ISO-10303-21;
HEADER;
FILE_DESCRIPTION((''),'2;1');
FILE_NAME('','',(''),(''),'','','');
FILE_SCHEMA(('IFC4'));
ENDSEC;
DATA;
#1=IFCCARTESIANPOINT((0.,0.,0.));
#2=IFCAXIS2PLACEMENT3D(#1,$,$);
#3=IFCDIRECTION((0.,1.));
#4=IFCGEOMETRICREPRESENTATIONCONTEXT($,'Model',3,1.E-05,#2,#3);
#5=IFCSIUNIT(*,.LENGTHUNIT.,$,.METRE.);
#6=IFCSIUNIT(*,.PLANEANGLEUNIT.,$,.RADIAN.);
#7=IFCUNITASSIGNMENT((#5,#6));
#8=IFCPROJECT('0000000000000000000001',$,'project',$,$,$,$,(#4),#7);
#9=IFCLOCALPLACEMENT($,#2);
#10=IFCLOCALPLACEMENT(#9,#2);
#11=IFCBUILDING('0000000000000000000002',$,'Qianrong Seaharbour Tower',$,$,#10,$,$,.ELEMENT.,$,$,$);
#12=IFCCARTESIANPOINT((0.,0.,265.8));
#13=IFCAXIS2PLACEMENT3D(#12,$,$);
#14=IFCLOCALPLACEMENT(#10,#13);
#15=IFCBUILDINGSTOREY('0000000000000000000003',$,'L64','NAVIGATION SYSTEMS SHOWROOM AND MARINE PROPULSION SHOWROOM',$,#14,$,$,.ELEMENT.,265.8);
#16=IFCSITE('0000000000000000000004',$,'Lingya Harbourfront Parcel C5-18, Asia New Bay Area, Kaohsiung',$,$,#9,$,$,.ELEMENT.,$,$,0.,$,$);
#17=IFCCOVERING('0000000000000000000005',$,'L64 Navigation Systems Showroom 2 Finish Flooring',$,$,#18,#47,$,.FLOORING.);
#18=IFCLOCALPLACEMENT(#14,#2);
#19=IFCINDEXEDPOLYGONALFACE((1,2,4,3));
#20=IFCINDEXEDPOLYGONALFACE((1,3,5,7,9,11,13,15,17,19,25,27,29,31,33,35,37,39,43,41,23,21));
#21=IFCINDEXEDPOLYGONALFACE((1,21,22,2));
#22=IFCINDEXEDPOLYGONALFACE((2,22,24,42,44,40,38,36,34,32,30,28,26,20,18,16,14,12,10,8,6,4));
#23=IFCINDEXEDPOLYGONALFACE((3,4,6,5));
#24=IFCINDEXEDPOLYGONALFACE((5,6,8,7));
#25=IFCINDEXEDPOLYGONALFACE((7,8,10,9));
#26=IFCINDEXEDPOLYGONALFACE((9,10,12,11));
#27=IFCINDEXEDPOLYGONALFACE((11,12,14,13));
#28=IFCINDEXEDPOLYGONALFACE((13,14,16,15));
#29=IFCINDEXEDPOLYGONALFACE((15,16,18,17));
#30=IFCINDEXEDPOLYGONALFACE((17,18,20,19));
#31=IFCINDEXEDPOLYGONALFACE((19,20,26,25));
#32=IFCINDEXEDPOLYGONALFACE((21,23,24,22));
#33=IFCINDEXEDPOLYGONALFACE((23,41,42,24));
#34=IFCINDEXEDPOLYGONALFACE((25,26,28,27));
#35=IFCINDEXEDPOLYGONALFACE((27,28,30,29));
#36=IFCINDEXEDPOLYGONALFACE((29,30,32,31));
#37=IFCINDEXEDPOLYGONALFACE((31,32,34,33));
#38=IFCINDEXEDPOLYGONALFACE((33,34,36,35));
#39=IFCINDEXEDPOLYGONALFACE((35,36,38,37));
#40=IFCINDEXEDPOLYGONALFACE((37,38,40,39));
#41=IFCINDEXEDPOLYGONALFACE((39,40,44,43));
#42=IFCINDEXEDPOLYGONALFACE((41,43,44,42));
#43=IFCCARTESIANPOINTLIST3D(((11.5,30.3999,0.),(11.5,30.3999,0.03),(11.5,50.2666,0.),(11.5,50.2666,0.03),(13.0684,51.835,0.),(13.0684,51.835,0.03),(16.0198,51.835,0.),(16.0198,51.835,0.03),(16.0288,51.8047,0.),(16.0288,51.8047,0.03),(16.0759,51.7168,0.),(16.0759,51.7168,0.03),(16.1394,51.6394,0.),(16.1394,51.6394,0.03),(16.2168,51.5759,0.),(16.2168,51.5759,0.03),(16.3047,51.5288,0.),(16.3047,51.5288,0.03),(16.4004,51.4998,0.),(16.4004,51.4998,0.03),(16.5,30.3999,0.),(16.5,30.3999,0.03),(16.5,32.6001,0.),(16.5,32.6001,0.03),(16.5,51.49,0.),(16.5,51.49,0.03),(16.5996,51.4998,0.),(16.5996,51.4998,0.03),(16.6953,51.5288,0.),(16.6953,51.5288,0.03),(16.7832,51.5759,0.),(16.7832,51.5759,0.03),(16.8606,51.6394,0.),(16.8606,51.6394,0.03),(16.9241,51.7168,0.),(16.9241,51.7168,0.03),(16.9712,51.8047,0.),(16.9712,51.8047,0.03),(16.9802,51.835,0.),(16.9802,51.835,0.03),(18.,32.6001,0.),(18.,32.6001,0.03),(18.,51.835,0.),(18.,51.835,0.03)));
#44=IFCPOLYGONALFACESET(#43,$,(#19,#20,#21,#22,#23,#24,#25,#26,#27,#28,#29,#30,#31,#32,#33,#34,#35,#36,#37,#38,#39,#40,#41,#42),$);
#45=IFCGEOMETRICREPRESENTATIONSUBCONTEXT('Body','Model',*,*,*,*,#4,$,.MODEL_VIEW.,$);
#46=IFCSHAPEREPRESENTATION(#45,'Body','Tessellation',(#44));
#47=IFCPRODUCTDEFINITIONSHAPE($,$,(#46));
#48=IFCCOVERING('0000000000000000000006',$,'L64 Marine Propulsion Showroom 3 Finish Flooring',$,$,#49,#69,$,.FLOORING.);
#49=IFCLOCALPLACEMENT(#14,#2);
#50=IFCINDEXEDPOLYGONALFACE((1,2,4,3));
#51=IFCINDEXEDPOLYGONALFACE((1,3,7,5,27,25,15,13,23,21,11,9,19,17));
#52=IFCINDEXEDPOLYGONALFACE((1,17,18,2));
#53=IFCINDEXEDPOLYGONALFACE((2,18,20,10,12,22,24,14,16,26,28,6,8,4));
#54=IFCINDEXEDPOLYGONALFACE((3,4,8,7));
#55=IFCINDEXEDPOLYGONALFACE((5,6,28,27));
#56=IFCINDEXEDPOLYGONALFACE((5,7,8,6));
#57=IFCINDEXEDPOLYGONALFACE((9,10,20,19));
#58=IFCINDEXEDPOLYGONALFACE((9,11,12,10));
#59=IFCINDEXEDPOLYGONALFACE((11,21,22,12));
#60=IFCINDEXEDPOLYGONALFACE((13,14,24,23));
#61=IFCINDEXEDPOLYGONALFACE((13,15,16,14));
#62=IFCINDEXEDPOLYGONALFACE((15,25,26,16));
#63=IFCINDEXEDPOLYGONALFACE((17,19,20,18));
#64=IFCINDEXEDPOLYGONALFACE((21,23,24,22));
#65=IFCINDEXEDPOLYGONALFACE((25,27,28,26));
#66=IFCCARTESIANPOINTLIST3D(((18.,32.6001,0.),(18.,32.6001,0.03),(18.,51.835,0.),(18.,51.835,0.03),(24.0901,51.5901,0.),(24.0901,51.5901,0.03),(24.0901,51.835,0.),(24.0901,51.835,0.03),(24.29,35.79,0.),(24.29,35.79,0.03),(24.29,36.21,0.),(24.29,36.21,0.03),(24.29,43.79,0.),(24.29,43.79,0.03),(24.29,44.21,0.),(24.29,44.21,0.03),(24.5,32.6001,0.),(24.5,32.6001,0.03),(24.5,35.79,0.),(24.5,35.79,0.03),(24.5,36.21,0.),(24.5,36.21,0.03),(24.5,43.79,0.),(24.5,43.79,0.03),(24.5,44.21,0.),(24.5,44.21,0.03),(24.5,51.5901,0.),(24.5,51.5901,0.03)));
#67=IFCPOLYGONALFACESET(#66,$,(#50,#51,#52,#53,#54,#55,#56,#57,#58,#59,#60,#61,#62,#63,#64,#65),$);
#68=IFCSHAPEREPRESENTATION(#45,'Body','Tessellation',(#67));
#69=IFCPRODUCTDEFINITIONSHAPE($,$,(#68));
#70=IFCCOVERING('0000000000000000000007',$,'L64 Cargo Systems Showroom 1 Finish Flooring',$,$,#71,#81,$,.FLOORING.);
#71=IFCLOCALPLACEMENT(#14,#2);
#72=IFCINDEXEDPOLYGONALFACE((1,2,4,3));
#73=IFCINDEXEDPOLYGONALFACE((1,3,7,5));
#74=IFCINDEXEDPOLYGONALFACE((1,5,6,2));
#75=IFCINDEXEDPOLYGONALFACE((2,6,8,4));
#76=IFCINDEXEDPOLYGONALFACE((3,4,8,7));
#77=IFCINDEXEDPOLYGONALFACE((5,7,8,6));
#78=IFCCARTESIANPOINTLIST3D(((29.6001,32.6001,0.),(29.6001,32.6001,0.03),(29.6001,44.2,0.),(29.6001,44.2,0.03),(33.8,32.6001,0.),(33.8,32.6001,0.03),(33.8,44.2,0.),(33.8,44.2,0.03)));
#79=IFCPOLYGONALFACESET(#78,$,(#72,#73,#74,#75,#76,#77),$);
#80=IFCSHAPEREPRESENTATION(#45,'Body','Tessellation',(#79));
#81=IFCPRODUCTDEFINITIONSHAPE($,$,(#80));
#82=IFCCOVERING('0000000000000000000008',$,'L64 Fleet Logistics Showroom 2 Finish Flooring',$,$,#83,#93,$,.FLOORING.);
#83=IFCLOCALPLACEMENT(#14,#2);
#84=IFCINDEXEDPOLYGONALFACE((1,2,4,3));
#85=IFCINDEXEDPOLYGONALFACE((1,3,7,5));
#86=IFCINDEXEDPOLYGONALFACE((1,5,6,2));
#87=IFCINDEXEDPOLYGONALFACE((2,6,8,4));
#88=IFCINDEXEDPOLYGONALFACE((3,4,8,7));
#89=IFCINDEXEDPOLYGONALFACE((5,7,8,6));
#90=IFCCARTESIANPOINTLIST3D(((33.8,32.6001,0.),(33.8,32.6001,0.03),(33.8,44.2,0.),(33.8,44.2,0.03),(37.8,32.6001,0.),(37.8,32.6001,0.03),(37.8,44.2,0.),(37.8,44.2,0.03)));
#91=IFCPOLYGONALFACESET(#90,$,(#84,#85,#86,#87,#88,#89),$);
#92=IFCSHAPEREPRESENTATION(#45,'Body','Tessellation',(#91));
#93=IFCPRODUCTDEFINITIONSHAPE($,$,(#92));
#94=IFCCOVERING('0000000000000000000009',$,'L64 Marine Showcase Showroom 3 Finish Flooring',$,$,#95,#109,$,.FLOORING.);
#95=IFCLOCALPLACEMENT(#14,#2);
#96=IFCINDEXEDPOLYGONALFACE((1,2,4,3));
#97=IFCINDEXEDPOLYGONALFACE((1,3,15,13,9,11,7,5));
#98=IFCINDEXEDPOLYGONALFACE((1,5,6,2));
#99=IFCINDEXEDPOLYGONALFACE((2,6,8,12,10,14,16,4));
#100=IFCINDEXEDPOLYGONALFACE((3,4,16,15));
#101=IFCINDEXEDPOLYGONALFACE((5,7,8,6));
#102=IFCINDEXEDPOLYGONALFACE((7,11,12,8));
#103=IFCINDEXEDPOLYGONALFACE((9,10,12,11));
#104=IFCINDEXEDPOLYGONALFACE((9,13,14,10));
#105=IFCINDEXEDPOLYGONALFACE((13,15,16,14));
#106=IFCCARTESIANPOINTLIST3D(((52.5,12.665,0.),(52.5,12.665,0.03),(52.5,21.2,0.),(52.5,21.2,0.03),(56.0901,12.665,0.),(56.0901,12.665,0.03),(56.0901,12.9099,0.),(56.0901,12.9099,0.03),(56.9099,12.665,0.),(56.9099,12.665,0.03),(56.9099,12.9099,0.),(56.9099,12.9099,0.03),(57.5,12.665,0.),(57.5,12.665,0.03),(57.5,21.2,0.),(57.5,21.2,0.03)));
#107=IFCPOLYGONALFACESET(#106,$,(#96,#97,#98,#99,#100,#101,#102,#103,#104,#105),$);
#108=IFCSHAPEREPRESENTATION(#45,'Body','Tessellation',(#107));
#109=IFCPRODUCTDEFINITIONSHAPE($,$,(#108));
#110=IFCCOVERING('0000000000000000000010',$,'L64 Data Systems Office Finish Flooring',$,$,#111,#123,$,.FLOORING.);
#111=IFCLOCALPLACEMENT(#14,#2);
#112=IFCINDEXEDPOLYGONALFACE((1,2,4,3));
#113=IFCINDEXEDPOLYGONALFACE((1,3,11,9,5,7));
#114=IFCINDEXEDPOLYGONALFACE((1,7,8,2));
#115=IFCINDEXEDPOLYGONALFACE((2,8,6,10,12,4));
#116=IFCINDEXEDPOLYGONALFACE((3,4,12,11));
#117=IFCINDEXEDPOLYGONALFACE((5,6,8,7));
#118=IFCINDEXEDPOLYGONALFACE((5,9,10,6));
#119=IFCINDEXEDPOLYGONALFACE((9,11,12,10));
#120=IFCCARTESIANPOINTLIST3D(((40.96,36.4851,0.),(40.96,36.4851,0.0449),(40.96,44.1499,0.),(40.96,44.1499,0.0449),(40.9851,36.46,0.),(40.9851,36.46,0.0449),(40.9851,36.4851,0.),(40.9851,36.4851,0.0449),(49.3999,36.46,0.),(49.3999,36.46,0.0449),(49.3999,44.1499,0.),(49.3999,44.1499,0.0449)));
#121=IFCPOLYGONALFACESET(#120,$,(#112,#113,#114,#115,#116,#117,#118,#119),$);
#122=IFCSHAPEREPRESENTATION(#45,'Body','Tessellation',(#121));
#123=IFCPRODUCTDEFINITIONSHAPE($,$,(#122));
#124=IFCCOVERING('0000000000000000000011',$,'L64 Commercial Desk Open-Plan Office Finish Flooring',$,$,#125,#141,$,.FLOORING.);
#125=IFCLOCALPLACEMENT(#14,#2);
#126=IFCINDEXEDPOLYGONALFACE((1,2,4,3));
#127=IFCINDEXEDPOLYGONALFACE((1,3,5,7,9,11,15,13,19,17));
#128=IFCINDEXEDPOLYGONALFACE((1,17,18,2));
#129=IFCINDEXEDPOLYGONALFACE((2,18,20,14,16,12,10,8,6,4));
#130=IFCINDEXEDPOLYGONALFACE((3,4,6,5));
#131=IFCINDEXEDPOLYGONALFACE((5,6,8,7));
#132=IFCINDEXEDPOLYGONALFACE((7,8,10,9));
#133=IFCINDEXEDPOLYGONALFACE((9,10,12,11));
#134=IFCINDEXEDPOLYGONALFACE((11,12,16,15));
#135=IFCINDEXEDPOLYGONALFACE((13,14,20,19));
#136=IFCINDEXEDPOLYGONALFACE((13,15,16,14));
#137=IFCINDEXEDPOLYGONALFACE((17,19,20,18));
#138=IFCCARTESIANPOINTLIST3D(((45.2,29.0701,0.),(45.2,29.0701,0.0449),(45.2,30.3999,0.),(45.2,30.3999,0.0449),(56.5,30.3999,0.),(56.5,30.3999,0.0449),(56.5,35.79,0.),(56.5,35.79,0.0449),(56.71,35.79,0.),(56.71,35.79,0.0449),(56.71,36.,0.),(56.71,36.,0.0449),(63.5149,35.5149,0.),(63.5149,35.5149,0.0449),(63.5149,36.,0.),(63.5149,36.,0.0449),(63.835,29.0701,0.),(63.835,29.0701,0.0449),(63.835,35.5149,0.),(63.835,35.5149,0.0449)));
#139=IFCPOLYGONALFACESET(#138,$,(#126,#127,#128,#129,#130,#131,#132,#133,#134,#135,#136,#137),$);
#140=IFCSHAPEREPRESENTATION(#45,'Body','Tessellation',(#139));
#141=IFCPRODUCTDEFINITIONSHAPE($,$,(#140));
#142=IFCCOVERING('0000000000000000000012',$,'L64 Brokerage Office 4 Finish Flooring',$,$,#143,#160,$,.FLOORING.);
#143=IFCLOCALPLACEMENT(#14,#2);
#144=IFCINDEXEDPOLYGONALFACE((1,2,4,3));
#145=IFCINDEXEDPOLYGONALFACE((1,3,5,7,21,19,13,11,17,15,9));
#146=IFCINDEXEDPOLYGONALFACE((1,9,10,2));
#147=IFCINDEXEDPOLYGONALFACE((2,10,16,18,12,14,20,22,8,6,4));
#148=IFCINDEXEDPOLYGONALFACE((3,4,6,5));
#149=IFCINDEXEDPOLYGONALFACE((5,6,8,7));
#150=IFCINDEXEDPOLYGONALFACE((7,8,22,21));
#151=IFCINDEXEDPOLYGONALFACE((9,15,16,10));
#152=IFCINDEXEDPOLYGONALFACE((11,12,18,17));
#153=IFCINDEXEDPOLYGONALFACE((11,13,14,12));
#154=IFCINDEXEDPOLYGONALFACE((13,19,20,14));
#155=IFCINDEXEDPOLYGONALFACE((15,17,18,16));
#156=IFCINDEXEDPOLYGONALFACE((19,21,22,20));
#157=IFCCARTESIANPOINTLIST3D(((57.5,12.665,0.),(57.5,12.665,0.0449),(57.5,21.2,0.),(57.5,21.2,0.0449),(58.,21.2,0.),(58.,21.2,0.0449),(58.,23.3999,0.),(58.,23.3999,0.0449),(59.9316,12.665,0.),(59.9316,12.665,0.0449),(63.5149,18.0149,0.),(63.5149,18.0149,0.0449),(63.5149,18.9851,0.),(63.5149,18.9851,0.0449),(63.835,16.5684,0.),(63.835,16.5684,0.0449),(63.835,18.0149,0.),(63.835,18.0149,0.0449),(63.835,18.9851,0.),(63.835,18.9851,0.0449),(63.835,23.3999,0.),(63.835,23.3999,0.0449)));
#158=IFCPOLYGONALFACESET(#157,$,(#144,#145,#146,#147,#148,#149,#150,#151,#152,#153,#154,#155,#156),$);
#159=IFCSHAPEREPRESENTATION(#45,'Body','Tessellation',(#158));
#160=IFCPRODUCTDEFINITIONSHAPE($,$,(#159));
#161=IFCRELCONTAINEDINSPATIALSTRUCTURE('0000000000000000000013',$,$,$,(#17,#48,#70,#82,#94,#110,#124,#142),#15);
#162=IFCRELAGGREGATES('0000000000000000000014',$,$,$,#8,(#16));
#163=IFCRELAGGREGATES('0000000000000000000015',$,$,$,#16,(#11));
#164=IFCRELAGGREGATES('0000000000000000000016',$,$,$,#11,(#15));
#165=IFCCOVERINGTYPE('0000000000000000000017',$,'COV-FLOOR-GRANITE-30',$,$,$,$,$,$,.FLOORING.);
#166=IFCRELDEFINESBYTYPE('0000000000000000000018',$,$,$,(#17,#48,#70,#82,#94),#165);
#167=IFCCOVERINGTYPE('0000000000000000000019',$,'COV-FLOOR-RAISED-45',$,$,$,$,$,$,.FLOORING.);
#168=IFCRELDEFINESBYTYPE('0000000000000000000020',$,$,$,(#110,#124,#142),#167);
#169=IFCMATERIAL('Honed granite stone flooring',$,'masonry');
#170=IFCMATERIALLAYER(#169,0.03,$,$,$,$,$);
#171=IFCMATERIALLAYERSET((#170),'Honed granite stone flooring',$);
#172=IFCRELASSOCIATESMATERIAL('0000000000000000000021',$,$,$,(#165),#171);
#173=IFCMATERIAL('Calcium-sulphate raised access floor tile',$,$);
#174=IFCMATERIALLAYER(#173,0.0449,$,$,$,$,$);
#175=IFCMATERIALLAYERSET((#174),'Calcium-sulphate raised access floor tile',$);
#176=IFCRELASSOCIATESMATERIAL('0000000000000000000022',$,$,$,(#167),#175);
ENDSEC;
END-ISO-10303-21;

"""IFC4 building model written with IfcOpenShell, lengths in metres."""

from ifc_helpers import new_model, si_unit, direction, frame, origin, place, context, subcontext, project, spatial, polyline, outline, extrude, material, layer, layer_set, type_object, element, save


model = new_model("IFC4")

# Units and contexts
model_context = context("Model", 3, precision=1e-05, world=origin(), true_north=direction((0.0, 1.0)))
body_context = subcontext(model_context, "Body", "Model", "MODEL_VIEW")
ifc_project = project(units=[si_unit("LENGTHUNIT", "METRE"), si_unit("PLANEANGLEUNIT", "RADIAN")], contexts=[model_context])

# Site, building, storey
site_placement = place(None, origin())
site = spatial("IfcSite", under=ifc_project, at=site_placement, Name="Lingya Harbourfront Parcel C5-18, Asia New Bay Area, Kaohsiung", CompositionType="ELEMENT", RefElevation=0.0)
building_placement = place(site_placement, origin())
building = spatial("IfcBuilding", under=site, at=building_placement, Name="Qianrong Seaharbour Tower", CompositionType="ELEMENT")
storey_placement = place(building_placement, frame((0.0, 0.0, 265.8)))
storey = spatial("IfcBuildingStorey", under=building, at=storey_placement, Name="L64", Description="NAVIGATION SYSTEMS SHOWROOM AND MARINE PROPULSION SHOWROOM", CompositionType="ELEMENT", Elevation=265.8)

# Coverings
ifc_material_1 = material(Name="Honed granite stone flooring", Category="masonry")
ifc_layer_1 = layer(ifc_material_1, 0.03)
ifc_layer_set_1 = layer_set([ifc_layer_1], Name="Honed granite stone flooring")
covering_type_1 = type_object("IfcCoveringType", Name="COV-FLOOR-GRANITE-30", PredefinedType="FLOORING", material=ifc_layer_set_1)
covering_1_placement = place(storey_placement, origin())
element("IfcCovering", 1, at=covering_1_placement, inside=storey, type_object=covering_type_1, Name="L64 Navigation Systems Showroom 2 Finish Flooring", PredefinedType="FLOORING", context=body_context, shape_type="SweptSolid", body=[
    extrude(outline(polyline([(11.5, 50.2666), (13.0684, 51.835), (16.0198, 51.835), (16.0288, 51.8047), (16.0759, 51.7168), (16.1394, 51.6394), (16.2168, 51.5759), (16.3047, 51.5288), (16.4004, 51.4998), (16.5, 51.49), (16.5996, 51.4998), (16.6953, 51.5288), (16.7832, 51.5759), (16.8606, 51.6394), (16.9241, 51.7168), (16.9712, 51.8047), (16.9802, 51.835), (18.0, 51.835), (18.0, 32.6001), (16.5, 32.6001), (16.5, 30.3999), (11.5, 30.3999), (11.5, 50.2666)])), origin(), (0.0, 0.0, 1.0), 0.03),
])
covering_2_placement = place(storey_placement, origin())
element("IfcCovering", 2, at=covering_2_placement, inside=storey, type_object=covering_type_1, Name="L64 Marine Propulsion Showroom 3 Finish Flooring", PredefinedType="FLOORING", context=body_context, shape_type="SweptSolid", body=[
    extrude(outline(polyline([(24.0901, 51.835), (24.0901, 51.5901), (24.5, 51.5901), (24.5, 44.21), (24.29, 44.21), (24.29, 43.79), (24.5, 43.79), (24.5, 36.21), (24.29, 36.21), (24.29, 35.79), (24.5, 35.79), (24.5, 32.6001), (18.0, 32.6001), (18.0, 51.835), (24.0901, 51.835)])), origin(), (0.0, 0.0, 1.0), 0.03),
])
covering_3_placement = place(storey_placement, origin())
element("IfcCovering", 3, at=covering_3_placement, inside=storey, type_object=covering_type_1, Name="L64 Cargo Systems Showroom 1 Finish Flooring", PredefinedType="FLOORING", context=body_context, shape_type="SweptSolid", body=[
    extrude(outline(polyline([(29.6001, 44.2), (33.8, 44.2), (33.8, 32.6001), (29.6001, 32.6001), (29.6001, 44.2)])), origin(), (0.0, 0.0, 1.0), 0.03),
])
covering_4_placement = place(storey_placement, origin())
element("IfcCovering", 4, at=covering_4_placement, inside=storey, type_object=covering_type_1, Name="L64 Fleet Logistics Showroom 2 Finish Flooring", PredefinedType="FLOORING", context=body_context, shape_type="SweptSolid", body=[
    extrude(outline(polyline([(33.8, 44.2), (37.8, 44.2), (37.8, 32.6001), (33.8, 32.6001), (33.8, 44.2)])), origin(), (0.0, 0.0, 1.0), 0.03),
])
covering_5_placement = place(storey_placement, origin())
element("IfcCovering", 5, at=covering_5_placement, inside=storey, type_object=covering_type_1, Name="L64 Marine Showcase Showroom 3 Finish Flooring", PredefinedType="FLOORING", context=body_context, shape_type="SweptSolid", body=[
    extrude(outline(polyline([(56.9099, 12.665), (56.9099, 12.9099), (56.0901, 12.9099), (56.0901, 12.665), (52.5, 12.665), (52.5, 21.2), (57.5, 21.2), (57.5, 12.665), (56.9099, 12.665)])), origin(), (0.0, 0.0, 1.0), 0.03),
])
ifc_material_2 = material(Name="Calcium-sulphate raised access floor tile")
ifc_layer_2 = layer(ifc_material_2, 0.0449)
ifc_layer_set_2 = layer_set([ifc_layer_2], Name="Calcium-sulphate raised access floor tile")
covering_type_2 = type_object("IfcCoveringType", Name="COV-FLOOR-RAISED-45", PredefinedType="FLOORING", material=ifc_layer_set_2)
covering_6_placement = place(storey_placement, origin())
element("IfcCovering", 6, at=covering_6_placement, inside=storey, type_object=covering_type_2, Name="L64 Data Systems Office Finish Flooring", PredefinedType="FLOORING", context=body_context, shape_type="SweptSolid", body=[
    extrude(outline(polyline([(49.3999, 44.1499), (49.3999, 36.46), (40.9851, 36.46), (40.9851, 36.4851), (40.96, 36.4851), (40.96, 44.1499), (49.3999, 44.1499)])), origin(), (0.0, 0.0, 1.0), 0.0449),
])
covering_7_placement = place(storey_placement, origin())
element("IfcCovering", 7, at=covering_7_placement, inside=storey, type_object=covering_type_2, Name="L64 Commercial Desk Open-Plan Office Finish Flooring", PredefinedType="FLOORING", context=body_context, shape_type="SweptSolid", body=[
    extrude(outline(polyline([(56.5, 30.3999), (56.5, 35.79), (56.71, 35.79), (56.71, 36.0), (63.5149, 36.0), (63.5149, 35.5149), (63.835, 35.5149), (63.835, 29.0701), (45.2, 29.0701), (45.2, 30.3999), (56.5, 30.3999)])), origin(), (0.0, 0.0, 1.0), 0.0449),
])
covering_8_placement = place(storey_placement, origin())
element("IfcCovering", 8, at=covering_8_placement, inside=storey, type_object=covering_type_2, Name="L64 Brokerage Office 4 Finish Flooring", PredefinedType="FLOORING", context=body_context, shape_type="SweptSolid", body=[
    extrude(outline(polyline([(59.9316, 12.665), (57.5, 12.665), (57.5, 21.2), (58.0, 21.2), (58.0, 23.3999), (63.835, 23.3999), (63.835, 18.9851), (63.5149, 18.9851), (63.5149, 18.0149), (63.835, 18.0149), (63.835, 16.5684), (59.9316, 12.665)])), origin(), (0.0, 0.0, 1.0), 0.0449),
])

save(model, "model.ifc")
